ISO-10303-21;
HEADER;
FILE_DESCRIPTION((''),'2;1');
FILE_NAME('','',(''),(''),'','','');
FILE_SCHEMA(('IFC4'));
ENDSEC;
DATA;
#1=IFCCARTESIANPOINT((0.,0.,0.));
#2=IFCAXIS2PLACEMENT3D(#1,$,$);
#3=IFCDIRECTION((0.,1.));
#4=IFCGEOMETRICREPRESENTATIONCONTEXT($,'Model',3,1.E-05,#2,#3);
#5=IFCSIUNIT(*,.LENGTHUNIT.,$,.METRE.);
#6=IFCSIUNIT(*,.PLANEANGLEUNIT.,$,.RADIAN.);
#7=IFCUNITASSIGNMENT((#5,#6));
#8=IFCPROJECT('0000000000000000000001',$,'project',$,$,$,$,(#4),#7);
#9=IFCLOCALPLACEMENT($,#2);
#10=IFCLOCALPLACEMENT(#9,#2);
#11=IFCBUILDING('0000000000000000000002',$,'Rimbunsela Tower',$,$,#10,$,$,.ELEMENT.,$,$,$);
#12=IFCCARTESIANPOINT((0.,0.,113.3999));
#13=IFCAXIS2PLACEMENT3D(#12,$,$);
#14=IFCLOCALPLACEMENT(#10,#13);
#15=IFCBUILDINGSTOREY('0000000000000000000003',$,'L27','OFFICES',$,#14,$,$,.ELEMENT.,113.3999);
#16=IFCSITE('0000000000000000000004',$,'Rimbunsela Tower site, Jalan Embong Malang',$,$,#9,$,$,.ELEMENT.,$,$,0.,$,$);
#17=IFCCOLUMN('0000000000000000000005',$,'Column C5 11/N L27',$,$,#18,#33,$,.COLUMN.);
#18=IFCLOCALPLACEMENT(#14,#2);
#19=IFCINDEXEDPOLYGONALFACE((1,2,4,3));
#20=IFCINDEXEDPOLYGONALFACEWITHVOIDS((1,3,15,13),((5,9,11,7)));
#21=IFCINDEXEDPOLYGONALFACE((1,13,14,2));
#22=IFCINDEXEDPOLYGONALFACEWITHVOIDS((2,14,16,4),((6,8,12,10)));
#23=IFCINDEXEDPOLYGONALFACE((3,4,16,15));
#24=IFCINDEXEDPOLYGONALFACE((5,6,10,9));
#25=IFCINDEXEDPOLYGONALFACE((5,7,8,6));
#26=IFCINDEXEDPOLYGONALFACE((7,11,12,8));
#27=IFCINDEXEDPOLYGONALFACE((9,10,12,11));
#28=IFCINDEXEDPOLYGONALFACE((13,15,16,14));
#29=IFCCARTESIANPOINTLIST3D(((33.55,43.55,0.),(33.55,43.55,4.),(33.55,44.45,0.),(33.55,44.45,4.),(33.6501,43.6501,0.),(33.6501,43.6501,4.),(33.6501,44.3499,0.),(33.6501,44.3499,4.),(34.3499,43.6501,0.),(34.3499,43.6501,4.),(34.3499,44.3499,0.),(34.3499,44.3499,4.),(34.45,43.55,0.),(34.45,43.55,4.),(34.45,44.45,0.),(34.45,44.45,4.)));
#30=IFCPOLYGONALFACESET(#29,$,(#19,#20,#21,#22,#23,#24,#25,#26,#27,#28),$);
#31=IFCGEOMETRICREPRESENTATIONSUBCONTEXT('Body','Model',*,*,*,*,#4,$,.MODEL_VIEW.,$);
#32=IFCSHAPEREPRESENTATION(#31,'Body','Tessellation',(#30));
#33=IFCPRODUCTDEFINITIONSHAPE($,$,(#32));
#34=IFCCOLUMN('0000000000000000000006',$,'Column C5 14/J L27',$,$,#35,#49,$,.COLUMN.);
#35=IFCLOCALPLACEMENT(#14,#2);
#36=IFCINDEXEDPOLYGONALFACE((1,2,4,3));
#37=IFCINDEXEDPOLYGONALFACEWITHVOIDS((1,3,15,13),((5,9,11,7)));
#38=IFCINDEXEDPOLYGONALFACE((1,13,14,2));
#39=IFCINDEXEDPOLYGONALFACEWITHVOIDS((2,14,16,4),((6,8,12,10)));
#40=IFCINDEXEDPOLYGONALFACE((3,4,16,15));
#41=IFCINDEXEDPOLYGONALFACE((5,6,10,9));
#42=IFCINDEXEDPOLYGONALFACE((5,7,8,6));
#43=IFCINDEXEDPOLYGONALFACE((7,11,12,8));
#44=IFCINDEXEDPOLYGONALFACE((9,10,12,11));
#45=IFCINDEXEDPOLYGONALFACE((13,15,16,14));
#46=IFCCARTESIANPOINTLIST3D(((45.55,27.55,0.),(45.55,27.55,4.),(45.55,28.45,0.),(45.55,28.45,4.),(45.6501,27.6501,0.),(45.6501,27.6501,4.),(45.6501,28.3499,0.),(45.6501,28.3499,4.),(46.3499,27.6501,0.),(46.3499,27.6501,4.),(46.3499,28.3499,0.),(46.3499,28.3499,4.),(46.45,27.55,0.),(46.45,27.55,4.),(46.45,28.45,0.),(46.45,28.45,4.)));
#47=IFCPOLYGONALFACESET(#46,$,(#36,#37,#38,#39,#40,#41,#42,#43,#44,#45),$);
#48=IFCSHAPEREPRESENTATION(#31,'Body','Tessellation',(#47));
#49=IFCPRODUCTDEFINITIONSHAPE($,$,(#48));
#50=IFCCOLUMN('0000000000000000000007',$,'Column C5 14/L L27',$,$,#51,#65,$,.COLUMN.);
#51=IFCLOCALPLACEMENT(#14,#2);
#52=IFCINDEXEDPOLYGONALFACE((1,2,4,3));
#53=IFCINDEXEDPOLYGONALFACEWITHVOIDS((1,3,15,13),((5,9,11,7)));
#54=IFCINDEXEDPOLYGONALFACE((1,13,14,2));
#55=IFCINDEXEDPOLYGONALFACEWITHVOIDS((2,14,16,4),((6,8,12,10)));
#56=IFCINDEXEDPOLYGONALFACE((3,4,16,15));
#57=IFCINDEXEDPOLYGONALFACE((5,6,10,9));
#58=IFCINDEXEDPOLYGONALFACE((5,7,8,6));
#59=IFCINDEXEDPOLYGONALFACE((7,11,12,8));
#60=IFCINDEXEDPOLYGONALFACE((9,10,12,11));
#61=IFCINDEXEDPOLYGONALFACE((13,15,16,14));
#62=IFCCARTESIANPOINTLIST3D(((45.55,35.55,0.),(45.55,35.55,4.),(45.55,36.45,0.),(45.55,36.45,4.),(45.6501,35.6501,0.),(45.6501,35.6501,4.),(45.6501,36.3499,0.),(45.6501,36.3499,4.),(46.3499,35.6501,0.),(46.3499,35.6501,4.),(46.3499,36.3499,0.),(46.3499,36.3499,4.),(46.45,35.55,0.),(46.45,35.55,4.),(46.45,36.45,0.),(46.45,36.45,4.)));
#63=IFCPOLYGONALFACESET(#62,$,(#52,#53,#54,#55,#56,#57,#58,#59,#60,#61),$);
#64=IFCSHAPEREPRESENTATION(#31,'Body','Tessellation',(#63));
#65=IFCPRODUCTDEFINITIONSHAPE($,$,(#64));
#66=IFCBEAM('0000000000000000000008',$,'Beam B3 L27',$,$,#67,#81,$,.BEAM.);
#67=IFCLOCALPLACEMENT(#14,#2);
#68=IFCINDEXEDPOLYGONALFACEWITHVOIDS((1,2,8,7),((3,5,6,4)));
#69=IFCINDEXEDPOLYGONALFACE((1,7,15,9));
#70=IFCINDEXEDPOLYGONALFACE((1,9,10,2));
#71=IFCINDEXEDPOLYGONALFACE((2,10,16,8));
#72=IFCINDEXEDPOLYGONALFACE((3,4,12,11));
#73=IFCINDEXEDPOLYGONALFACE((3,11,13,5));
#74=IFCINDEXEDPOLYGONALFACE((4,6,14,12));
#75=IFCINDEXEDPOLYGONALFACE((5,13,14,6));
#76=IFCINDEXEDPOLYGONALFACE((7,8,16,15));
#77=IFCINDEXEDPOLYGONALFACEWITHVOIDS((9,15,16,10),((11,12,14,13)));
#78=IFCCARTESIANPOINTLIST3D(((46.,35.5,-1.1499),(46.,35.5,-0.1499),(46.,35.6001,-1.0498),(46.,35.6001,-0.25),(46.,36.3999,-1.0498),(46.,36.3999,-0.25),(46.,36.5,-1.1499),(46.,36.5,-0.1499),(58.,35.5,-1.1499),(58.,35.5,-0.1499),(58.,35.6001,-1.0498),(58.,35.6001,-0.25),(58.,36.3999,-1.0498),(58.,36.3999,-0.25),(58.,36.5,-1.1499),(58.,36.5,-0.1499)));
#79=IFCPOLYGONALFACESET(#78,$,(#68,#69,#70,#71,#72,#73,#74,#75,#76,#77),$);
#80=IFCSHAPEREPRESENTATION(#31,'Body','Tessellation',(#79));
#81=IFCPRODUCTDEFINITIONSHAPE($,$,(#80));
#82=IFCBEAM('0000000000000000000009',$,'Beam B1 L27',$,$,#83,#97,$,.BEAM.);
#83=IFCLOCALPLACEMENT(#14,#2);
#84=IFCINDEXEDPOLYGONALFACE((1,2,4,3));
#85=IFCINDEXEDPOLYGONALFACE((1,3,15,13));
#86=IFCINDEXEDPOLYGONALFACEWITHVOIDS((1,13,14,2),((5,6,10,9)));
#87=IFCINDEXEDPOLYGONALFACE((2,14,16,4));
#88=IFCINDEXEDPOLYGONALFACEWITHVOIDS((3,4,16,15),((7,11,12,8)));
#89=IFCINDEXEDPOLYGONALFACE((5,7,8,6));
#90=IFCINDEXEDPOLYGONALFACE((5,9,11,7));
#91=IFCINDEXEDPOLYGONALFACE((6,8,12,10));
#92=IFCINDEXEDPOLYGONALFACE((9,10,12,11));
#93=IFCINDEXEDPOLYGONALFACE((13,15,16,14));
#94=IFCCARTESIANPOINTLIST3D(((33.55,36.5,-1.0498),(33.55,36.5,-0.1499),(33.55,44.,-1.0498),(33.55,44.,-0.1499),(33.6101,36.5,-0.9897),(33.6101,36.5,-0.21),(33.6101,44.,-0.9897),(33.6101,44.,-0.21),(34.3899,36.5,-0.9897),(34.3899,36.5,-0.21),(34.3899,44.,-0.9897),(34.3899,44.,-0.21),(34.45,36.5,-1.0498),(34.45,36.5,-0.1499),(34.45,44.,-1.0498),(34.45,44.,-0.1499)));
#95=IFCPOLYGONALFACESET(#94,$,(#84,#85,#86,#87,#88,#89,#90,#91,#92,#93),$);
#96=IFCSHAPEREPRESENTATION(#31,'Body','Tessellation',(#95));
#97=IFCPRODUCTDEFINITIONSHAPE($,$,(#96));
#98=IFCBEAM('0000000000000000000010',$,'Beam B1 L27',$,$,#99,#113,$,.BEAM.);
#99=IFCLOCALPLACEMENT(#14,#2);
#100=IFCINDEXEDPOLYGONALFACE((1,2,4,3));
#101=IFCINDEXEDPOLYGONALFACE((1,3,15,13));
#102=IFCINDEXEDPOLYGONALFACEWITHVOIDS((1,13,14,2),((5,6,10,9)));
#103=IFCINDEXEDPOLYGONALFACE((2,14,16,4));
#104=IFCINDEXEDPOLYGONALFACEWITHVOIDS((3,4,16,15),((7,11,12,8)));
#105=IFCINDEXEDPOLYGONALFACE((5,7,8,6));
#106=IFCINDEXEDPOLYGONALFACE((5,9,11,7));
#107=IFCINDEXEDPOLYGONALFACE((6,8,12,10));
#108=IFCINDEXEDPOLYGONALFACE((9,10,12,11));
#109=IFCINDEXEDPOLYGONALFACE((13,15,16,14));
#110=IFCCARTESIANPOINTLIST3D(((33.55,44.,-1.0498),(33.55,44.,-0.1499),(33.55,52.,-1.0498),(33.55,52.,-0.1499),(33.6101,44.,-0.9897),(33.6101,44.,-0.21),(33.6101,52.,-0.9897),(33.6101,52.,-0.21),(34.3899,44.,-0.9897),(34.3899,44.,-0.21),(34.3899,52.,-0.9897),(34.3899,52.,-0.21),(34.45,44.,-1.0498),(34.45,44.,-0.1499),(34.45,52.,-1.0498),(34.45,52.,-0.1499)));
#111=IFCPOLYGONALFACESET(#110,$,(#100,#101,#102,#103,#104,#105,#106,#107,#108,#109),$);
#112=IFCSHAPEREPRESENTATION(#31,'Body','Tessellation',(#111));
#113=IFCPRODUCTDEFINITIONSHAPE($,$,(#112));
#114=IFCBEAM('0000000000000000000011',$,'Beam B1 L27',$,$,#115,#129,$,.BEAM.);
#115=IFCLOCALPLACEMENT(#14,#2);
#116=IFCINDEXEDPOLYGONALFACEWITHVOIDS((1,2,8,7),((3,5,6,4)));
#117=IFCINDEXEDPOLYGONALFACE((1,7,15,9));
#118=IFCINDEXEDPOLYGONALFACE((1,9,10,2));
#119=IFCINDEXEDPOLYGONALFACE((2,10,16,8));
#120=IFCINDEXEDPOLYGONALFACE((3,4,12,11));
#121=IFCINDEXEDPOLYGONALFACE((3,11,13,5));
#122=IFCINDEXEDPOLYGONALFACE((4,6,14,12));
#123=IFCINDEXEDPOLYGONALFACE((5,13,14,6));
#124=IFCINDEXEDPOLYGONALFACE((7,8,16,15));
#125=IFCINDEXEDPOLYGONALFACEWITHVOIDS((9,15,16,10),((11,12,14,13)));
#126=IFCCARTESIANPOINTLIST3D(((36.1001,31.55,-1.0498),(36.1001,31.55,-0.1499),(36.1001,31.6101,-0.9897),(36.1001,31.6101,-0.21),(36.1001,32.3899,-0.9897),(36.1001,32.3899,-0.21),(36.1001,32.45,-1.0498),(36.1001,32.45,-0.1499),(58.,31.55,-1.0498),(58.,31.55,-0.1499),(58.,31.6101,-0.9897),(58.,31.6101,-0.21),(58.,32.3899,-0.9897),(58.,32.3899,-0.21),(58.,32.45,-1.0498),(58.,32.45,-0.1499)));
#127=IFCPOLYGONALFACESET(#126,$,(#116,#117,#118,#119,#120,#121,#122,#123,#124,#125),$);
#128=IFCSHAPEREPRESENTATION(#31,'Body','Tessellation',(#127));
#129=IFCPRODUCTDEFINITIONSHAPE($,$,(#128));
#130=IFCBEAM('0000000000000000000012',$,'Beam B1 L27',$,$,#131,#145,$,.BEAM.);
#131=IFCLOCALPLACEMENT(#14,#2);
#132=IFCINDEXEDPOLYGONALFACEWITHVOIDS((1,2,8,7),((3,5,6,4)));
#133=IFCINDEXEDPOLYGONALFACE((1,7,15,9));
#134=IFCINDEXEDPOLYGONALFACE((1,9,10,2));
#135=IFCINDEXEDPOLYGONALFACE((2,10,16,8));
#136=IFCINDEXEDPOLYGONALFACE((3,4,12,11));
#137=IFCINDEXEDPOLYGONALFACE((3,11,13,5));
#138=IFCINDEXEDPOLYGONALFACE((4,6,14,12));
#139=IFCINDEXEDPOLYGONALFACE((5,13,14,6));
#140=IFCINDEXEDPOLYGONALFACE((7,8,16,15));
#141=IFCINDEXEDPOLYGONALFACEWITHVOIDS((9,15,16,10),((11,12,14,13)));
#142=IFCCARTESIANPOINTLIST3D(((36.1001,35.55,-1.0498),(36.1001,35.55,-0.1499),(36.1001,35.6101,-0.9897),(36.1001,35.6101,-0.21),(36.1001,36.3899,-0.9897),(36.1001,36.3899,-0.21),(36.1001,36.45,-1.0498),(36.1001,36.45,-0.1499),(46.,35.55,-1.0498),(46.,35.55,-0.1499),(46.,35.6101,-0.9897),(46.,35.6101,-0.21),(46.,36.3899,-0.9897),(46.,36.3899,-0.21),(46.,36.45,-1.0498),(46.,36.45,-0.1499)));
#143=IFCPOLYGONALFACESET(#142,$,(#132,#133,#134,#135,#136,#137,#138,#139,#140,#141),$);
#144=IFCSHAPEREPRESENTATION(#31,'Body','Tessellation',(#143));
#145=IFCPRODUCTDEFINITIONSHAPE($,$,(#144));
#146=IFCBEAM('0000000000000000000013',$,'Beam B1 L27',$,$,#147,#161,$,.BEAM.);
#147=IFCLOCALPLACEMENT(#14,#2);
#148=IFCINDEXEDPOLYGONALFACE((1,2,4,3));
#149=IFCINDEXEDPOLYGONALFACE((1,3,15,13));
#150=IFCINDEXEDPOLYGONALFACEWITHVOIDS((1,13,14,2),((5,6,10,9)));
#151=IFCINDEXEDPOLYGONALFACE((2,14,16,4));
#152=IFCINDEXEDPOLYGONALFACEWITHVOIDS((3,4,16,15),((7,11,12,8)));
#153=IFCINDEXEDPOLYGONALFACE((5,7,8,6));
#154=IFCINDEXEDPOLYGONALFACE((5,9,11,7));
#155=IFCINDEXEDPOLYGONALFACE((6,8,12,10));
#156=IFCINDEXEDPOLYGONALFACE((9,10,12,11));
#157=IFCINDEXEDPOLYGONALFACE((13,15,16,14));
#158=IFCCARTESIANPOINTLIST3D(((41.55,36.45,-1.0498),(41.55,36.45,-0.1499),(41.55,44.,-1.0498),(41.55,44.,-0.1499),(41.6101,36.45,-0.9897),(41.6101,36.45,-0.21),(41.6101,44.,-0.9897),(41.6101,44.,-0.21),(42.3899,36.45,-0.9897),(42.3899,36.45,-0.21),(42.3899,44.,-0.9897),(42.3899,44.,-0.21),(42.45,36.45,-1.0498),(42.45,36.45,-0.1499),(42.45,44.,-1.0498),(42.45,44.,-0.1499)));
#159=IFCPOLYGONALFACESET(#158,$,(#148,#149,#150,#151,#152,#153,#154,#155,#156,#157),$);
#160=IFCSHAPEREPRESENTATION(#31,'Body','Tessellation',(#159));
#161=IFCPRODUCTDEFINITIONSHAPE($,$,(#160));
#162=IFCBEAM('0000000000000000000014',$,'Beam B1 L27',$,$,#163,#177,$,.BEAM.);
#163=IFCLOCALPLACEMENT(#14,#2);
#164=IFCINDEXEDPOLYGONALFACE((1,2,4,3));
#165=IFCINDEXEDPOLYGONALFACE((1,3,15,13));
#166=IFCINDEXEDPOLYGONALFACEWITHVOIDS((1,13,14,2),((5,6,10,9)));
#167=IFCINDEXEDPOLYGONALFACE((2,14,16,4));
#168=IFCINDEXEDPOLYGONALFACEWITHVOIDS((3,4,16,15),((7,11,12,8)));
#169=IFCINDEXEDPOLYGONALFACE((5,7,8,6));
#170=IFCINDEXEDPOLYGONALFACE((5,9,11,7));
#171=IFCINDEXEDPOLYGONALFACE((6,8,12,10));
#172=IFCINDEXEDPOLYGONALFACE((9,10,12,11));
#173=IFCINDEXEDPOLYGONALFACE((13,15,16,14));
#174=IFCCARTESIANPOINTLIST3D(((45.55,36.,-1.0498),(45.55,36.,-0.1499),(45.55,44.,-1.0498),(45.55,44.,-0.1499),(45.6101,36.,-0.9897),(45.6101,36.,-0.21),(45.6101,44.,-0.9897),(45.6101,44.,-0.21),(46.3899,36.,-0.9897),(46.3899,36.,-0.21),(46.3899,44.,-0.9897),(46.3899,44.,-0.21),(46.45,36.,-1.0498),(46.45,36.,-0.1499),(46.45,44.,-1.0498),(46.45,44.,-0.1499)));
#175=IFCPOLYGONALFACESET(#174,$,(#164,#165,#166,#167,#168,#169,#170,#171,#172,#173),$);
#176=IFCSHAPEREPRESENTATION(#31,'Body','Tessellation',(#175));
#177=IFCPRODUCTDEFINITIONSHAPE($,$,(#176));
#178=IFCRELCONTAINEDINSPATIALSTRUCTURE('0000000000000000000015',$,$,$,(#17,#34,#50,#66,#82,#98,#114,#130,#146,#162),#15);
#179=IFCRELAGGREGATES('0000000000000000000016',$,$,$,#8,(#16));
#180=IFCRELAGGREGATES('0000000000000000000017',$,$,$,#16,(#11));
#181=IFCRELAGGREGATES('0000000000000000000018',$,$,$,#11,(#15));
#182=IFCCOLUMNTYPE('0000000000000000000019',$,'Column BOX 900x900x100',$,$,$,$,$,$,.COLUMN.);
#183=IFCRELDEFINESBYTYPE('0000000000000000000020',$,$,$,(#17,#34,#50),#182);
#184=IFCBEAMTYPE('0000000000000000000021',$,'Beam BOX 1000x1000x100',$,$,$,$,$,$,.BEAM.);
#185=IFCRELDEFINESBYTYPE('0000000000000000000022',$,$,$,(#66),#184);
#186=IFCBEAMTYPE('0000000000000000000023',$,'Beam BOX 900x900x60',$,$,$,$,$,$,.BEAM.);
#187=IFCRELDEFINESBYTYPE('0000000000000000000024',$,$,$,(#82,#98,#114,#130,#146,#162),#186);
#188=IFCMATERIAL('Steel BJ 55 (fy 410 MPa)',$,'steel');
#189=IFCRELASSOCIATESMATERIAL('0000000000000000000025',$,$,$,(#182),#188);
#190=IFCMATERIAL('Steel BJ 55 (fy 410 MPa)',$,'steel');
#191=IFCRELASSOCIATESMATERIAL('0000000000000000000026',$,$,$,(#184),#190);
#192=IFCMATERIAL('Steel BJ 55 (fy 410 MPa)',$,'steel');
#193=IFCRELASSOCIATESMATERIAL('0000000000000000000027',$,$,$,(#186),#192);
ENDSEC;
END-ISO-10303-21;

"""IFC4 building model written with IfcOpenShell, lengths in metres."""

from ifc_helpers import new_model, si_unit, direction, frame, origin, origin_2d, place, context, subcontext, project, spatial, hollow_rectangle, extrude, material, material_profile, profile_set, type_object, element, save


model = new_model("IFC4")

# Units and contexts
model_context = context("Model", 3, precision=1e-05, world=origin(), true_north=direction((0.0, 1.0)))
body_context = subcontext(model_context, "Body", "Model", "MODEL_VIEW")
ifc_project = project(units=[si_unit("LENGTHUNIT", "METRE"), si_unit("PLANEANGLEUNIT", "RADIAN")], contexts=[model_context])

# Site, building, storey
site_placement = place(None, origin())
site = spatial("IfcSite", under=ifc_project, at=site_placement, Name="Rimbunsela Tower site, Jalan Embong Malang", CompositionType="ELEMENT", RefElevation=0.0)
building_placement = place(site_placement, origin())
building = spatial("IfcBuilding", under=site, at=building_placement, Name="Rimbunsela Tower", CompositionType="ELEMENT")
storey_placement = place(building_placement, frame((0.0, 0.0, 113.3999)))
storey = spatial("IfcBuildingStorey", under=building, at=storey_placement, Name="L27", Description="OFFICES", CompositionType="ELEMENT", Elevation=113.3999)

# Columns
ifc_material_1 = material(Name="Steel BJ 55 (fy 410 MPa)", Category="steel")
ifc_material_profile_1 = material_profile(ifc_material_1, hollow_rectangle(XDim=0.8999, YDim=0.8999, WallThickness=0.1001, at=origin_2d()), Name="BOX 900x900x100")
ifc_profile_set_1 = profile_set([ifc_material_profile_1], Name="Steel BJ 55 (fy 410 MPa)")
column_type = type_object("IfcColumnType", Name="Column BOX 900x900x100", PredefinedType="COLUMN", material=ifc_profile_set_1)
for number, where, z_axis, x_axis, name in (
    (1, (34.0, 44.0, 0.0), (0.0, 0.0, 1.0), (1.0, 0.0, 0.0), "Column C5 11/N L27"),
    (2, (46.0, 28.0, 0.0), (0.0, 0.0, 1.0), (1.0, 0.0, 0.0), "Column C5 14/J L27"),
    (3, (46.0, 36.0, 0.0), (0.0, 0.0, 1.0), (1.0, 0.0, 0.0), "Column C5 14/L L27"),
):
    element("IfcColumn", number, at=place(storey_placement, frame(where, z_axis=z_axis, x_axis=x_axis)), inside=storey, type_object=column_type, Name=name, PredefinedType="COLUMN", context=body_context, shape_type="SweptSolid", body=[
        extrude(hollow_rectangle(XDim=0.8999, YDim=0.8999, WallThickness=0.1001, at=origin_2d()), origin(), (0.0, 0.0, 1.0), 4.0),
    ])

# Beams
ifc_material_2 = material(Name="Steel BJ 55 (fy 410 MPa)", Category="steel")
ifc_material_profile_2 = material_profile(ifc_material_2, hollow_rectangle(XDim=1.0, YDim=1.0, WallThickness=0.1001, at=origin_2d()), Name="BOX 1000x1000x100")
ifc_profile_set_2 = profile_set([ifc_material_profile_2], Name="Steel BJ 55 (fy 410 MPa)")
beam_type_1 = type_object("IfcBeamType", Name="Beam BOX 1000x1000x100", PredefinedType="BEAM", material=ifc_profile_set_2)
beam_1_placement = place(storey_placement, frame((46.0, 36.0, -0.6499), z_axis=(1.0, 0.0, 0.0), x_axis=(0.0, 1.0, 0.0)))
element("IfcBeam", 4, at=beam_1_placement, inside=storey, type_object=beam_type_1, Name="Beam B3 L27", PredefinedType="BEAM", context=body_context, shape_type="SweptSolid", body=[
    extrude(hollow_rectangle(XDim=1.0, YDim=1.0, WallThickness=0.1001, at=origin_2d()), origin(), (0.0, 0.0, 1.0), 12.0),
])
ifc_material_3 = material(Name="Steel BJ 55 (fy 410 MPa)", Category="steel")
ifc_material_profile_3 = material_profile(ifc_material_3, hollow_rectangle(XDim=0.8999, YDim=0.8999, WallThickness=0.0601, at=origin_2d()), Name="BOX 900x900x60")
ifc_profile_set_3 = profile_set([ifc_material_profile_3], Name="Steel BJ 55 (fy 410 MPa)")
beam_type_2 = type_object("IfcBeamType", Name="Beam BOX 900x900x60", PredefinedType="BEAM", material=ifc_profile_set_3)
beam_2_placement = place(storey_placement, frame((34.0, 36.5, -0.5999), z_axis=(0.0, 1.0, 0.0), x_axis=(-1.0, 0.0, 0.0)))
element("IfcBeam", 5, at=beam_2_placement, inside=storey, type_object=beam_type_2, Name="Beam B1 L27", PredefinedType="BEAM", context=body_context, shape_type="SweptSolid", body=[
    extrude(hollow_rectangle(XDim=0.8999, YDim=0.8999, WallThickness=0.0601, at=origin_2d()), origin(), (0.0, 0.0, 1.0), 7.5),
])
beam_3_placement = place(storey_placement, frame((34.0, 44.0, -0.5999), z_axis=(0.0, 1.0, 0.0), x_axis=(-1.0, 0.0, 0.0)))
element("IfcBeam", 6, at=beam_3_placement, inside=storey, type_object=beam_type_2, Name="Beam B1 L27", PredefinedType="BEAM", context=body_context, shape_type="SweptSolid", body=[
    extrude(hollow_rectangle(XDim=0.8999, YDim=0.8999, WallThickness=0.0601, at=origin_2d()), origin(), (0.0, 0.0, 1.0), 8.0),
])
beam_4_placement = place(storey_placement, frame((36.1001, 32.0, -0.5999), z_axis=(1.0, 0.0, 0.0), x_axis=(0.0, 1.0, 0.0)))
element("IfcBeam", 7, at=beam_4_placement, inside=storey, type_object=beam_type_2, Name="Beam B1 L27", PredefinedType="BEAM", context=body_context, shape_type="SweptSolid", body=[
    extrude(hollow_rectangle(XDim=0.8999, YDim=0.8999, WallThickness=0.0601, at=origin_2d()), origin(), (0.0, 0.0, 1.0), 21.8999),
])
beam_5_placement = place(storey_placement, frame((36.1001, 36.0, -0.5999), z_axis=(1.0, 0.0, 0.0), x_axis=(0.0, 1.0, 0.0)))
element("IfcBeam", 8, at=beam_5_placement, inside=storey, type_object=beam_type_2, Name="Beam B1 L27", PredefinedType="BEAM", context=body_context, shape_type="SweptSolid", body=[
    extrude(hollow_rectangle(XDim=0.8999, YDim=0.8999, WallThickness=0.0601, at=origin_2d()), origin(), (0.0, 0.0, 1.0), 9.8999),
])
beam_6_placement = place(storey_placement, frame((42.0, 36.45, -0.5999), z_axis=(0.0, 1.0, 0.0), x_axis=(-1.0, 0.0, 0.0)))
element("IfcBeam", 9, at=beam_6_placement, inside=storey, type_object=beam_type_2, Name="Beam B1 L27", PredefinedType="BEAM", context=body_context, shape_type="SweptSolid", body=[
    extrude(hollow_rectangle(XDim=0.8999, YDim=0.8999, WallThickness=0.0601, at=origin_2d()), origin(), (0.0, 0.0, 1.0), 7.55),
])
beam_7_placement = place(storey_placement, frame((46.0, 36.0, -0.5999), z_axis=(0.0, 1.0, 0.0), x_axis=(-1.0, 0.0, 0.0)))
element("IfcBeam", 10, at=beam_7_placement, inside=storey, type_object=beam_type_2, Name="Beam B1 L27", PredefinedType="BEAM", context=body_context, shape_type="SweptSolid", body=[
    extrude(hollow_rectangle(XDim=0.8999, YDim=0.8999, WallThickness=0.0601, at=origin_2d()), origin(), (0.0, 0.0, 1.0), 8.0),
])

save(model, "model.ifc")
